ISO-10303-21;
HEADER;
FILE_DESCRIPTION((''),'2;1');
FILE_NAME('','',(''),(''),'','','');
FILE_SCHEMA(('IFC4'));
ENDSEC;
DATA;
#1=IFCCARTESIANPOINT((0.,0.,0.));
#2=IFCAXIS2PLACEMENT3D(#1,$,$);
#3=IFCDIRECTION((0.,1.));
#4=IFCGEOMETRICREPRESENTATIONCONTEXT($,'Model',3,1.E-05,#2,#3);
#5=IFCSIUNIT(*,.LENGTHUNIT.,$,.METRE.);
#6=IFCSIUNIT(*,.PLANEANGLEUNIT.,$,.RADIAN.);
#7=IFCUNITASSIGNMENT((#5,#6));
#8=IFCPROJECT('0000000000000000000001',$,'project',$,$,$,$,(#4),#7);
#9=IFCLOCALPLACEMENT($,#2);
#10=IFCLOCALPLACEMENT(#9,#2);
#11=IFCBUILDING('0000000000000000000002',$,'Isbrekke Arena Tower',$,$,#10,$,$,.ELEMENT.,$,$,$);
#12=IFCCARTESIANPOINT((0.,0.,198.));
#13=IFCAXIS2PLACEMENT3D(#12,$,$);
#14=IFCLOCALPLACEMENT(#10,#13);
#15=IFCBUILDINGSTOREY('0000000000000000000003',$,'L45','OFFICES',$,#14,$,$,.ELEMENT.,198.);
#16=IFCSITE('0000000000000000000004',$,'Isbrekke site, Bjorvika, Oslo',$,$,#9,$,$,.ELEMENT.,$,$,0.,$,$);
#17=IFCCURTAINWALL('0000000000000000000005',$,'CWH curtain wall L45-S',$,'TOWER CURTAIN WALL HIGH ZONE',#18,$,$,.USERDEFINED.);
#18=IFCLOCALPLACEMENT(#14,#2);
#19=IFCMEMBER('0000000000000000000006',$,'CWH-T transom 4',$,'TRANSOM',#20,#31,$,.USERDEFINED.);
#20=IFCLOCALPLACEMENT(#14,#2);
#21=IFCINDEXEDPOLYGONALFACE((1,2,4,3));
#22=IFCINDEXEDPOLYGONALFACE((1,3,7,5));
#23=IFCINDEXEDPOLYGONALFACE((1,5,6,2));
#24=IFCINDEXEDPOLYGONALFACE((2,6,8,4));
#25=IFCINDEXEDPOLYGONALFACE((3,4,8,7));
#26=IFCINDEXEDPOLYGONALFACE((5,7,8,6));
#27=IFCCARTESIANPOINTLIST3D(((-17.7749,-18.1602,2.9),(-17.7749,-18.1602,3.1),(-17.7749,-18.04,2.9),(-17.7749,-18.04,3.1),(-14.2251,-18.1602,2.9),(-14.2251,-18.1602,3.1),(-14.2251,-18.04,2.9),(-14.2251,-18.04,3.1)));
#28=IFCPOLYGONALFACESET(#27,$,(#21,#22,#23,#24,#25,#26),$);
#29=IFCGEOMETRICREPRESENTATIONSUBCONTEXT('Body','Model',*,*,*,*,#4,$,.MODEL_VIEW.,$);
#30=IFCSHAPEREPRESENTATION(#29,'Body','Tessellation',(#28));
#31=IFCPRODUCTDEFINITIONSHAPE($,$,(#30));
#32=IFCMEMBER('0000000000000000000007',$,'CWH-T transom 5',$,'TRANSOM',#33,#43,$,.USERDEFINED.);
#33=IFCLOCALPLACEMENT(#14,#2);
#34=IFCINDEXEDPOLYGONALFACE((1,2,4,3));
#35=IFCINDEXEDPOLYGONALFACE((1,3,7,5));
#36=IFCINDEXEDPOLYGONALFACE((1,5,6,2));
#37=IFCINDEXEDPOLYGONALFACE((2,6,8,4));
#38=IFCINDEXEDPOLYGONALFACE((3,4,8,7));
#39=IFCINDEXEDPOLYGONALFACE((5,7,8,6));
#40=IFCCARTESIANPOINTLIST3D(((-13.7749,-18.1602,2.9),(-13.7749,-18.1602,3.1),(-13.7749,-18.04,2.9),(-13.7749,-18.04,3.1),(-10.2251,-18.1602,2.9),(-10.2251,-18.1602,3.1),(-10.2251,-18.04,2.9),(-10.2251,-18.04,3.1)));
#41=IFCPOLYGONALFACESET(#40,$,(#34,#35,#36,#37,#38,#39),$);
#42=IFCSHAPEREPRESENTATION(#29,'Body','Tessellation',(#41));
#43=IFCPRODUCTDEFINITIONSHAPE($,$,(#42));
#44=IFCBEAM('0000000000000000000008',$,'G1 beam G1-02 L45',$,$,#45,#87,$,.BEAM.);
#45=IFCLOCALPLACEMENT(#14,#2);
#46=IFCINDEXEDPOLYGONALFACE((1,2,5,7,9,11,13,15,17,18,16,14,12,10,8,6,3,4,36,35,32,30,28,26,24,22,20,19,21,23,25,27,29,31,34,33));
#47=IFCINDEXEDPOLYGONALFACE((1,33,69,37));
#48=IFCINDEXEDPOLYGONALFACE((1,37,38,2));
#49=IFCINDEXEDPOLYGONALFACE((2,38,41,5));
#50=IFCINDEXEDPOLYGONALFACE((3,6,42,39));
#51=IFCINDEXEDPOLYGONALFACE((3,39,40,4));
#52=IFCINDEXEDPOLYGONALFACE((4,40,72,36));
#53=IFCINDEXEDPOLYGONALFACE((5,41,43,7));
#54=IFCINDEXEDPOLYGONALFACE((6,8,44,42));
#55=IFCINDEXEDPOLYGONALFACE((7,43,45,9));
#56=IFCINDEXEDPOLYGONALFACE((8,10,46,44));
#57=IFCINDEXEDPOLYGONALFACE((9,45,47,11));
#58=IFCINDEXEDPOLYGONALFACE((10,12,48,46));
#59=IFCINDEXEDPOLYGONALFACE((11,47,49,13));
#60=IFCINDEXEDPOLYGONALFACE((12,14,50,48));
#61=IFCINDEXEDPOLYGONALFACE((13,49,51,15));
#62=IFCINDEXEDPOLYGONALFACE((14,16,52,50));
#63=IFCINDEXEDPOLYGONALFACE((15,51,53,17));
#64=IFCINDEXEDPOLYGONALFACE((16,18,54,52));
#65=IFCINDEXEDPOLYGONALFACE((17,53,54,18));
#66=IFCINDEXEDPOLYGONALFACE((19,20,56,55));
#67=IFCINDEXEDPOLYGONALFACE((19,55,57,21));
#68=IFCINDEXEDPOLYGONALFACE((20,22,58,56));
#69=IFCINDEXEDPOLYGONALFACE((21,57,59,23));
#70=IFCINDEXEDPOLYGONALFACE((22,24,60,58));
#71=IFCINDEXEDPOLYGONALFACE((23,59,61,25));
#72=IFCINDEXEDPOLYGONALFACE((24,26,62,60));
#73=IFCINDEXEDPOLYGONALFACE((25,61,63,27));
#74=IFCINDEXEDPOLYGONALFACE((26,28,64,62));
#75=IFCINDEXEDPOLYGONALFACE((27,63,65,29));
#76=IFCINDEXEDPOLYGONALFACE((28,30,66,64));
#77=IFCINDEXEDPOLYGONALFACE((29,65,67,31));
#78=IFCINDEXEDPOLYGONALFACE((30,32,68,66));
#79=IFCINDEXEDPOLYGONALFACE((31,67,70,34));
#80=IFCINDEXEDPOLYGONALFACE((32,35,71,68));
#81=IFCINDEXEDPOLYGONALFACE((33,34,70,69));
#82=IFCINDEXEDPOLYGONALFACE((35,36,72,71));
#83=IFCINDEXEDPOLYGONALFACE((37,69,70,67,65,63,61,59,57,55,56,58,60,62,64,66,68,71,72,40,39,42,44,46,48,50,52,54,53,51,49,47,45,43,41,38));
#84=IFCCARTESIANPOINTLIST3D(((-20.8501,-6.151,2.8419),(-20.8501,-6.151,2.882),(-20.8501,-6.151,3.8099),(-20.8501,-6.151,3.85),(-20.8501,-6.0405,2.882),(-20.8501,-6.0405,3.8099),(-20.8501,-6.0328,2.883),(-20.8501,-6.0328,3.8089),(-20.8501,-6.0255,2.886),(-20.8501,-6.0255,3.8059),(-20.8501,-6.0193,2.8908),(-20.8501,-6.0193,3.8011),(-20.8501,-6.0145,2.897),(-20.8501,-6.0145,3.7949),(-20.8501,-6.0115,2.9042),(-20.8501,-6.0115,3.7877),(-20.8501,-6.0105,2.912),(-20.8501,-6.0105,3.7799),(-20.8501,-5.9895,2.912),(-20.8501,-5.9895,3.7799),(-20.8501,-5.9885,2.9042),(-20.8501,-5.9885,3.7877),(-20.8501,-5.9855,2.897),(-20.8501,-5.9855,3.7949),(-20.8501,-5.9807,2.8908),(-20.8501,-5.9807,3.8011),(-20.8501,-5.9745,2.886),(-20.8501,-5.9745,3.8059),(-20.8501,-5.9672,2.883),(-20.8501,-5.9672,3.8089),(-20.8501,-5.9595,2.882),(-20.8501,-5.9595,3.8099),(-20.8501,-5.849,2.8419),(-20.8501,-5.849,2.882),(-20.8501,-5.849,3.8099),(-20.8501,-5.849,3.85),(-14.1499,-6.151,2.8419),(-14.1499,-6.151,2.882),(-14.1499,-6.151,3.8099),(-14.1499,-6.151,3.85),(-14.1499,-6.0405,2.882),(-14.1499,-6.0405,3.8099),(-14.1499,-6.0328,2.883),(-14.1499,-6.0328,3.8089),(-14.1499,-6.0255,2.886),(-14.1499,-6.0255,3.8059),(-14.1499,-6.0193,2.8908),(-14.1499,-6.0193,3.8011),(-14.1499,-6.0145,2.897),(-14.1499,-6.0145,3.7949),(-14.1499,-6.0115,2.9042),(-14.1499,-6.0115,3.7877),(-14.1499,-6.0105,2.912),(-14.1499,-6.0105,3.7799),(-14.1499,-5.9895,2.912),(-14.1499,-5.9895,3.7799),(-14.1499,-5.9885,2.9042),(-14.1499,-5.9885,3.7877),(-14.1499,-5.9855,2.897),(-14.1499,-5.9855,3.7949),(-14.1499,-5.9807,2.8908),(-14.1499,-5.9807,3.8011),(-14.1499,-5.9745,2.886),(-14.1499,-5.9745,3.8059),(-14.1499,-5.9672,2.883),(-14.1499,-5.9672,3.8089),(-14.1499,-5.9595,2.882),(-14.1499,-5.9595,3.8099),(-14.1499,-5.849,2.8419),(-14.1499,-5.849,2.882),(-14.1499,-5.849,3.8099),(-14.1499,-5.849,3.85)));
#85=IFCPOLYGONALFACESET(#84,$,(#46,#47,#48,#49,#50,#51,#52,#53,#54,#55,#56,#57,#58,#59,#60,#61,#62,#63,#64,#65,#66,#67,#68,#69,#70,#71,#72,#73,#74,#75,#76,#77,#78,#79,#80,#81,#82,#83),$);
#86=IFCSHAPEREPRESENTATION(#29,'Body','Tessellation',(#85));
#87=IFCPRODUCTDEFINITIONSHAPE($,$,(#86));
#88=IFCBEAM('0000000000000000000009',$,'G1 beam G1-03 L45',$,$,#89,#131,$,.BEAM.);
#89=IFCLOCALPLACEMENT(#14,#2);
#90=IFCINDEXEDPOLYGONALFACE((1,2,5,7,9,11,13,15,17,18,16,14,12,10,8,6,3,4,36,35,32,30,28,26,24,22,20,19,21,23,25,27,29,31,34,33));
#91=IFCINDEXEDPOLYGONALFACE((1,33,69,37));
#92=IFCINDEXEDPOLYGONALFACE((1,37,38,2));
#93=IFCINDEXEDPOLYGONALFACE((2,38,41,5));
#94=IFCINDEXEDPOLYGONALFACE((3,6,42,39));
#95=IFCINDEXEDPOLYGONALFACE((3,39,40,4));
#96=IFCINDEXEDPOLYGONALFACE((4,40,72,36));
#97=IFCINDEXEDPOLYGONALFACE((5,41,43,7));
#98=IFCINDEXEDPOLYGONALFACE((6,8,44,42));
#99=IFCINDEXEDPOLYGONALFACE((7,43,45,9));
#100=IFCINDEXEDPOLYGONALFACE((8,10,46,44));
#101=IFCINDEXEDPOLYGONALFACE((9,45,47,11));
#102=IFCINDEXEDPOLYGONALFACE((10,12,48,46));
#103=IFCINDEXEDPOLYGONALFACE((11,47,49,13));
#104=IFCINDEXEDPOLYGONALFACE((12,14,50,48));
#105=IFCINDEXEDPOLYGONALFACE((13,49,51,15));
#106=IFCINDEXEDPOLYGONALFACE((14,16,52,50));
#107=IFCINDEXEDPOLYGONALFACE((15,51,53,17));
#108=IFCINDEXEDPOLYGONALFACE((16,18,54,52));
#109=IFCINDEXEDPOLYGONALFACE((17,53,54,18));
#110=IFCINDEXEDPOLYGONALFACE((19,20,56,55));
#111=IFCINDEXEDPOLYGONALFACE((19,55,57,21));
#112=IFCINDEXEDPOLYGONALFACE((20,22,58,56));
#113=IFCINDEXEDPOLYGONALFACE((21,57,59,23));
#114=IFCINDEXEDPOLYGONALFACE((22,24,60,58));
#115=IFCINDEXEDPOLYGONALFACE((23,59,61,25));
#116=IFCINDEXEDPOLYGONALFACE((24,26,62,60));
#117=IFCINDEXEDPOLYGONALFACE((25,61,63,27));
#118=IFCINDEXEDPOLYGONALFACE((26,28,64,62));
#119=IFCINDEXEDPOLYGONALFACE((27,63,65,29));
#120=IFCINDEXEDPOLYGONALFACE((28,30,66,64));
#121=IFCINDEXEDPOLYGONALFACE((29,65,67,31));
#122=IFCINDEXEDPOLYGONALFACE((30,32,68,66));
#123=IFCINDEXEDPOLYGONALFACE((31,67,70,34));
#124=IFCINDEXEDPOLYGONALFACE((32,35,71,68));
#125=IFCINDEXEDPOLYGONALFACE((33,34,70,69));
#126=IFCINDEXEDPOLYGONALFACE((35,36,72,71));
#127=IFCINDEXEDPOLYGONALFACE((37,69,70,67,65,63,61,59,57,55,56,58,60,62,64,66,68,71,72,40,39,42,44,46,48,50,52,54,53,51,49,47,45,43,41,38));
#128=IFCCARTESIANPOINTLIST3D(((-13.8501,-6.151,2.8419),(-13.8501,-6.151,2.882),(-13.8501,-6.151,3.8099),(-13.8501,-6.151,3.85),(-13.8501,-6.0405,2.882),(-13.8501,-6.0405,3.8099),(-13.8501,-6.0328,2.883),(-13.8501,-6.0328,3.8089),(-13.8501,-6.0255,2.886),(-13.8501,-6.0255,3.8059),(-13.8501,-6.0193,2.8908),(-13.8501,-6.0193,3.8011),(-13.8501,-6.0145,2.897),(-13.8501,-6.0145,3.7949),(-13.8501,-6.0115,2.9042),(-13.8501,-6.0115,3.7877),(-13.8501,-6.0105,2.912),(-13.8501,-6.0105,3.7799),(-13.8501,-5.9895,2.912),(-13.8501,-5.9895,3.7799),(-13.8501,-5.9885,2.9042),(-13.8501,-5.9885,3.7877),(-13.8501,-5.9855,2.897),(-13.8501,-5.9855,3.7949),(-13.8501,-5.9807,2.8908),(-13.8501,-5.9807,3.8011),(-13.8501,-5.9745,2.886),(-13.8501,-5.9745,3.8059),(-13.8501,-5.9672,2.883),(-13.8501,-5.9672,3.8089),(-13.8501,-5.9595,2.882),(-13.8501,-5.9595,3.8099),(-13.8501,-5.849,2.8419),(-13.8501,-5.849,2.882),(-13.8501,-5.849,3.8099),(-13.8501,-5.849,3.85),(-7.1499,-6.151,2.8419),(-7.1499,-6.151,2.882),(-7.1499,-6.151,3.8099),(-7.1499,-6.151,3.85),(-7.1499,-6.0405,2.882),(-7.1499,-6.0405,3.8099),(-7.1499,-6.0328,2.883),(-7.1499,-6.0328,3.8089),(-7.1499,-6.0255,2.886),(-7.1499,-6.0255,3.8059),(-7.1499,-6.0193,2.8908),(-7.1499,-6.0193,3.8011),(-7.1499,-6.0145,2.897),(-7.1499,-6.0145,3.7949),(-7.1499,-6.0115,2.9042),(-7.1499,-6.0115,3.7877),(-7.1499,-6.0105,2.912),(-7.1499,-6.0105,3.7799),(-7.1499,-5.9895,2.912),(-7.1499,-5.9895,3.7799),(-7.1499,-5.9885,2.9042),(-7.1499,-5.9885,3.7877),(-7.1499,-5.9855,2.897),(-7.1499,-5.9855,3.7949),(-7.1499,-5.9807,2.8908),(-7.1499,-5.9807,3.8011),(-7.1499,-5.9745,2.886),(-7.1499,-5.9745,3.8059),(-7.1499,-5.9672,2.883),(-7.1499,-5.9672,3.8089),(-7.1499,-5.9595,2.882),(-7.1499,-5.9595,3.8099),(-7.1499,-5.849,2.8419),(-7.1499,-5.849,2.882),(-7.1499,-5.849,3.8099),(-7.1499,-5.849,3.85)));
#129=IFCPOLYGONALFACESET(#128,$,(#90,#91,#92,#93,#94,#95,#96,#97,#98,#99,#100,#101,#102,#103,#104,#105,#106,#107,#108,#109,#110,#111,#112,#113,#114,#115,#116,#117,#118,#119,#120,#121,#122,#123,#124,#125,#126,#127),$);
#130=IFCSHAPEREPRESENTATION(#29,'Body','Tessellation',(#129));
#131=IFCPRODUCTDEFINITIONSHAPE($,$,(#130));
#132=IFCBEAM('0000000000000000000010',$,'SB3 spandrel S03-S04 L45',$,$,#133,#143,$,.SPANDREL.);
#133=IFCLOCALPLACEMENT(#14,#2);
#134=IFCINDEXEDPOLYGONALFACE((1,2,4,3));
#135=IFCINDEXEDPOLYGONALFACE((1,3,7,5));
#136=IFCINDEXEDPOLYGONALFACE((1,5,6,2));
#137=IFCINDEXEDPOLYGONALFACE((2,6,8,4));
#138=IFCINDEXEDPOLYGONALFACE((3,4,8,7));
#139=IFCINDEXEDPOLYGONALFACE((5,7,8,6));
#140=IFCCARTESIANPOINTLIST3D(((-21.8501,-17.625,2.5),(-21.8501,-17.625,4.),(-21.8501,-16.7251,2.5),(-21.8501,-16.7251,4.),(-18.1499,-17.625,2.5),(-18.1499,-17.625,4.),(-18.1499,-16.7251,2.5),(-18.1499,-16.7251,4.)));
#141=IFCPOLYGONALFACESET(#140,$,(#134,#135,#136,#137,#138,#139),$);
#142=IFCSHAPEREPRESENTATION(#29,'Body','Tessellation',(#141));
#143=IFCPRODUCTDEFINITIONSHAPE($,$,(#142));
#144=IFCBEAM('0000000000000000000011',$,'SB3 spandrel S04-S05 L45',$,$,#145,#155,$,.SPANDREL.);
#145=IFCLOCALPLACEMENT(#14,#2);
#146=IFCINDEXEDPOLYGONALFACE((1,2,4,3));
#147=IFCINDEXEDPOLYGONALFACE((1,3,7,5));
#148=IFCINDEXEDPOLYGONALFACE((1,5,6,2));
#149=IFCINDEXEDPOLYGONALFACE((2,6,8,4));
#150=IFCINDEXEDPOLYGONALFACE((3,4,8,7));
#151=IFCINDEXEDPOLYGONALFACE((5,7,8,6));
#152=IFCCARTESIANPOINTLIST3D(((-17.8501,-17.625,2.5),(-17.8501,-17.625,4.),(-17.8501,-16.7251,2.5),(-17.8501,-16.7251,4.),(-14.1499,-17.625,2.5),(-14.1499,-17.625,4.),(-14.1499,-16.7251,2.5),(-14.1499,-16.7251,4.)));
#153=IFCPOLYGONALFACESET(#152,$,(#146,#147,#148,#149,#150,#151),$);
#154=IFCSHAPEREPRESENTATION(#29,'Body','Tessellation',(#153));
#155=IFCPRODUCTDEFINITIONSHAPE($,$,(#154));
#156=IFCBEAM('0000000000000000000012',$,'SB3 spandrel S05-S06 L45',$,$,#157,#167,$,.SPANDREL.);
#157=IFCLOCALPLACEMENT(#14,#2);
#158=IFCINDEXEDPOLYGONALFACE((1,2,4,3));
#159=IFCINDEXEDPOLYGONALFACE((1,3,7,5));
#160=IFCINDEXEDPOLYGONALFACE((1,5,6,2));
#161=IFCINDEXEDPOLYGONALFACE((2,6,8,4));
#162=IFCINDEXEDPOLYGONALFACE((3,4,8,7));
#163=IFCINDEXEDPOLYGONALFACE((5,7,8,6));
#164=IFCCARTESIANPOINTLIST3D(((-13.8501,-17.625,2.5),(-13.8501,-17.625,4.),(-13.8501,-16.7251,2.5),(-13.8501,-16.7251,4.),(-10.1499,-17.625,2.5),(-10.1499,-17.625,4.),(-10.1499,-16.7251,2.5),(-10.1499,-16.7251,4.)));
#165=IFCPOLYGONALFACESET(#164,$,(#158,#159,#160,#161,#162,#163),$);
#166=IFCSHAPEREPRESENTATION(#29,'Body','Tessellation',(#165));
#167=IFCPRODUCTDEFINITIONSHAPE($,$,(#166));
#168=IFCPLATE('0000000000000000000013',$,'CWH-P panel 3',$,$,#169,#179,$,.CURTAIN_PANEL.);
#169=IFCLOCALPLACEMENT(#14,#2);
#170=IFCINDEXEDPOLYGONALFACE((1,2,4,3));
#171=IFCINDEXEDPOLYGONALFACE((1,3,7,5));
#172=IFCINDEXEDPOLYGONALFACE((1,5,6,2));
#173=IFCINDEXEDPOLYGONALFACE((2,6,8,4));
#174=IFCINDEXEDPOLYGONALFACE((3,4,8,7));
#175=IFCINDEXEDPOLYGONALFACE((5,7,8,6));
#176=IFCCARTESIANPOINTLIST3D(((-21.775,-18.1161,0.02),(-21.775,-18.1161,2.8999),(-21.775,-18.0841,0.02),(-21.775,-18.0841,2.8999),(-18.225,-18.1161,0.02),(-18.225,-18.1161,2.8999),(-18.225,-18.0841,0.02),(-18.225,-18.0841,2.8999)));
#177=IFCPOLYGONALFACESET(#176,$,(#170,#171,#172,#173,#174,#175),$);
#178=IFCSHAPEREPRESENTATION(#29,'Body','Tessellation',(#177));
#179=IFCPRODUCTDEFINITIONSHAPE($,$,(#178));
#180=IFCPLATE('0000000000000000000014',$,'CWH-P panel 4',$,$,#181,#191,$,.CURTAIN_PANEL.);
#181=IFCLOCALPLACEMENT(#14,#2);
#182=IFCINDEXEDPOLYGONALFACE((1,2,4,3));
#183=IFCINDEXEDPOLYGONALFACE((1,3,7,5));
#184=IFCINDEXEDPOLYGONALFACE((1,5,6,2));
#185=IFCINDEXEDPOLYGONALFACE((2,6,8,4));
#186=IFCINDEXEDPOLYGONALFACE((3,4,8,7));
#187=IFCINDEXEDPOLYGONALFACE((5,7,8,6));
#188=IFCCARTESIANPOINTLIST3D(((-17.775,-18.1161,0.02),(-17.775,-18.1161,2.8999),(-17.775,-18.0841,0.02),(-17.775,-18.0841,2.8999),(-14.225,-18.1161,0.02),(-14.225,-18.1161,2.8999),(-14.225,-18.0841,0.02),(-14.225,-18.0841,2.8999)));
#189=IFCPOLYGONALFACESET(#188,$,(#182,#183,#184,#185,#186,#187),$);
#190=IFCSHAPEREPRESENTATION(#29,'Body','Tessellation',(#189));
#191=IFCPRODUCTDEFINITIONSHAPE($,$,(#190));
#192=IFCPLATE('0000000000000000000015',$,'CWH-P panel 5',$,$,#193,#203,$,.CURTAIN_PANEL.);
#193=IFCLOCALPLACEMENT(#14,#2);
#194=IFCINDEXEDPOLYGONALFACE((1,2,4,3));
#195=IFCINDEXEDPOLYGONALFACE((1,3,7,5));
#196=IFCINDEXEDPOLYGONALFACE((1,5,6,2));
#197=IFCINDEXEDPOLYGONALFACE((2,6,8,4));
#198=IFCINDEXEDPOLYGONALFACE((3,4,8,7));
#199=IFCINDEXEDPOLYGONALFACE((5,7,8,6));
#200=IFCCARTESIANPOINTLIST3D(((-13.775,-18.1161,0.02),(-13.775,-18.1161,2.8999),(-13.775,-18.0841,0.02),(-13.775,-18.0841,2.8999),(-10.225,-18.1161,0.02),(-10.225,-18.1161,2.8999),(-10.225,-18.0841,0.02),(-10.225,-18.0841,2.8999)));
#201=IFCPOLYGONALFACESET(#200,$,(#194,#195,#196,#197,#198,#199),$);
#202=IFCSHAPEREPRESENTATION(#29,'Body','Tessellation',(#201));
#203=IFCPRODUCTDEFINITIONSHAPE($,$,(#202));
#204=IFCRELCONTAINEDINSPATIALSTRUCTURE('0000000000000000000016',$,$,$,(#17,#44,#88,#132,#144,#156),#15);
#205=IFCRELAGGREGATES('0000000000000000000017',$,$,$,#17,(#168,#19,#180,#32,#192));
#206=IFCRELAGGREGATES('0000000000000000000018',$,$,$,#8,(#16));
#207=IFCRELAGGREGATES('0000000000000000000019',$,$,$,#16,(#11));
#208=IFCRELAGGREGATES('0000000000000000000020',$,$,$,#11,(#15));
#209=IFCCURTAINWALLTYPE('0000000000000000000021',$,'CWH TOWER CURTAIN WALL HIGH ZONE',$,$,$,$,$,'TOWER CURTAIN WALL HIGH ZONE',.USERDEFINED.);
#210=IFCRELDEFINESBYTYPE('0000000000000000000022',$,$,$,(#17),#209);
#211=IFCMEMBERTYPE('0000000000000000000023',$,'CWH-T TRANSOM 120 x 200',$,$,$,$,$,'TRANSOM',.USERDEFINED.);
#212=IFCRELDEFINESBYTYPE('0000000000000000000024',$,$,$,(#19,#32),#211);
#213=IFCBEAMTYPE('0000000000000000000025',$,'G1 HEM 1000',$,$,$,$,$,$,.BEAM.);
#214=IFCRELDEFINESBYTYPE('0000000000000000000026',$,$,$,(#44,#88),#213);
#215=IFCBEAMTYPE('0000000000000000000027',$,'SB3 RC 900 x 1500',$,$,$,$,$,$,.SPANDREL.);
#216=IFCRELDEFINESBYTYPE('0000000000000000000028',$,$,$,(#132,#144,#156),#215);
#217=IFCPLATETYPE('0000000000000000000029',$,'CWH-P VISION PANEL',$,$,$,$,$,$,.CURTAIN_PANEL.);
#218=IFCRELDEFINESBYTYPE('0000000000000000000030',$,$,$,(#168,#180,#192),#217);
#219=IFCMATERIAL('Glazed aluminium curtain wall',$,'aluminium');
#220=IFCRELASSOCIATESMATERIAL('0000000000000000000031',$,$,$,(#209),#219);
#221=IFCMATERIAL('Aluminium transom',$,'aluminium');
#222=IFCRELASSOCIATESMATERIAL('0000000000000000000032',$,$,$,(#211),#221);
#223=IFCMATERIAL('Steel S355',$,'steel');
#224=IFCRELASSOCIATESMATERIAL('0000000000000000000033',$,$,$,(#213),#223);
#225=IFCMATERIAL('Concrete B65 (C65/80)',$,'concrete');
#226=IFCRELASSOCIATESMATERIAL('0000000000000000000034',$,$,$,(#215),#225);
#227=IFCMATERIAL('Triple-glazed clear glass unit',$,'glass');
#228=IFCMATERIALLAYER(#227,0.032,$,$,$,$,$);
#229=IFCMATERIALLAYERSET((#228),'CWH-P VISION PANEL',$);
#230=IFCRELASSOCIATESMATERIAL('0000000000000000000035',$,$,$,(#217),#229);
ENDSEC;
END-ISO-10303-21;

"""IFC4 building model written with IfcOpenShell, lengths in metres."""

from ifc_helpers import new_model, si_unit, direction, frame, origin, origin_2d, place, context, subcontext, project, spatial, rectangle, i_section, extrude, material, layer, layer_set, material_profile, profile_set, type_object, element, aggregate, save


model = new_model("IFC4")

# Units and contexts
model_context = context("Model", 3, precision=1e-05, world=origin(), true_north=direction((0.0, 1.0)))
body_context = subcontext(model_context, "Body", "Model", "MODEL_VIEW")
ifc_project = project(units=[si_unit("LENGTHUNIT", "METRE"), si_unit("PLANEANGLEUNIT", "RADIAN")], contexts=[model_context])

# Site, building, storey
site_placement = place(None, origin())
site = spatial("IfcSite", under=ifc_project, at=site_placement, Name="Isbrekke site, Bjorvika, Oslo", CompositionType="ELEMENT", RefElevation=0.0)
building_placement = place(site_placement, origin())
building = spatial("IfcBuilding", under=site, at=building_placement, Name="Isbrekke Arena Tower", CompositionType="ELEMENT")
storey_placement = place(building_placement, frame((0.0, 0.0, 198.0)))
storey = spatial("IfcBuildingStorey", under=building, at=storey_placement, Name="L45", Description="OFFICES", CompositionType="ELEMENT", Elevation=198.0)

# Curtain wall, members
ifc_material_1 = material(Name="Glazed aluminium curtain wall", Category="aluminium")
curtain_wall_type = type_object("IfcCurtainWallType", Name="CWH TOWER CURTAIN WALL HIGH ZONE", ElementType="TOWER CURTAIN WALL HIGH ZONE", PredefinedType="USERDEFINED", material=ifc_material_1)
curtain_wall_placement = place(storey_placement, origin())
curtain_wall = element("IfcCurtainWall", 1, at=curtain_wall_placement, inside=storey, type_object=curtain_wall_type, Name="CWH curtain wall L45-S", ObjectType="TOWER CURTAIN WALL HIGH ZONE", PredefinedType="USERDEFINED")
ifc_material_2 = material(Name="Aluminium transom", Category="aluminium")
ifc_material_profile_1 = material_profile(ifc_material_2, rectangle(XDim=0.1201, YDim=0.2, at=origin_2d()), Name="TRANSOM 120X200")
ifc_profile_set_1 = profile_set([ifc_material_profile_1], Name="Aluminium transom")
member_type_1 = type_object("IfcMemberType", Name="CWH-T TRANSOM 120 x 200", ElementType="TRANSOM", PredefinedType="USERDEFINED", material=ifc_profile_set_1)
member_1_placement = place(storey_placement, frame((-17.7749, -18.1001, 3.0), z_axis=(1.0, 0.0, 0.0), x_axis=(0.0, 1.0, 0.0)))
member_1 = element("IfcMember", 2, at=member_1_placement, type_object=member_type_1, Name="CWH-T transom 4", ObjectType="TRANSOM", PredefinedType="USERDEFINED", context=body_context, shape_type="SweptSolid", body=[
    extrude(rectangle(XDim=0.1201, YDim=0.2, at=origin_2d()), origin(), (0.0, 0.0, 1.0), 3.5498),
])
member_2_placement = place(storey_placement, frame((-13.7749, -18.1001, 3.0), z_axis=(1.0, 0.0, 0.0), x_axis=(0.0, 1.0, 0.0)))
member_2 = element("IfcMember", 3, at=member_2_placement, type_object=member_type_1, Name="CWH-T transom 5", ObjectType="TRANSOM", PredefinedType="USERDEFINED", context=body_context, shape_type="SweptSolid", body=[
    extrude(rectangle(XDim=0.1201, YDim=0.2, at=origin_2d()), origin(), (0.0, 0.0, 1.0), 3.5498),
])

# Beams
ifc_material_3 = material(Name="Steel S355", Category="steel")
ifc_material_profile_2 = material_profile(ifc_material_3, i_section(OverallWidth=0.302, OverallDepth=1.0081, WebThickness=0.021, FlangeThickness=0.04, FilletRadius=0.03, at=origin_2d()), Name="HEM 1000")
ifc_profile_set_2 = profile_set([ifc_material_profile_2], Name="Steel S355")
beam_type_1 = type_object("IfcBeamType", Name="G1 HEM 1000", PredefinedType="BEAM", material=ifc_profile_set_2)
for number, where, z_axis, x_axis, name in (
    (4, (-20.8501, -6.0, 3.3459), (1.0, 0.0, 0.0), (0.0, 1.0, 0.0), "G1 beam G1-02 L45"),
    (5, (-13.8501, -6.0, 3.3459), (1.0, 0.0, 0.0), (0.0, 1.0, 0.0), "G1 beam G1-03 L45"),
):
    element("IfcBeam", number, at=place(storey_placement, frame(where, z_axis=z_axis, x_axis=x_axis)), inside=storey, type_object=beam_type_1, Name=name, PredefinedType="BEAM", context=body_context, shape_type="SweptSolid", body=[
        extrude(i_section(OverallWidth=0.302, OverallDepth=1.0081, WebThickness=0.021, FlangeThickness=0.04, FilletRadius=0.03, at=origin_2d()), origin(), (0.0, 0.0, 1.0), 6.7002),
    ])
ifc_material_4 = material(Name="Concrete B65 (C65/80)", Category="concrete")
ifc_material_profile_3 = material_profile(ifc_material_4, rectangle(XDim=0.8999, YDim=1.5, at=origin_2d()), Name="RC 900x1500")
ifc_profile_set_3 = profile_set([ifc_material_profile_3], Name="Concrete B65 (C65/80)")
beam_type_2 = type_object("IfcBeamType", Name="SB3 RC 900 x 1500", PredefinedType="SPANDREL", material=ifc_profile_set_3)
for number, where, z_axis, x_axis, name in (
    (6, (-21.8501, -17.175, 3.25), (1.0, 0.0, 0.0), (0.0, 1.0, 0.0), "SB3 spandrel S03-S04 L45"),
    (7, (-17.8501, -17.175, 3.25), (1.0, 0.0, 0.0), (0.0, 1.0, 0.0), "SB3 spandrel S04-S05 L45"),
    (8, (-13.8501, -17.175, 3.25), (1.0, 0.0, 0.0), (0.0, 1.0, 0.0), "SB3 spandrel S05-S06 L45"),
):
    element("IfcBeam", number, at=place(storey_placement, frame(where, z_axis=z_axis, x_axis=x_axis)), inside=storey, type_object=beam_type_2, Name=name, PredefinedType="SPANDREL", context=body_context, shape_type="SweptSolid", body=[
        extrude(rectangle(XDim=0.8999, YDim=1.5, at=origin_2d()), origin(), (0.0, 0.0, 1.0), 3.7002),
    ])

# Plates
ifc_material_5 = material(Name="Triple-glazed clear glass unit", Category="glass")
ifc_layer_1 = layer(ifc_material_5, 0.032)
ifc_layer_set_1 = layer_set([ifc_layer_1], Name="CWH-P VISION PANEL")
plate_type = type_object("IfcPlateType", Name="CWH-P VISION PANEL", PredefinedType="CURTAIN_PANEL", material=ifc_layer_set_1)
plate_1_placement = place(storey_placement, frame((-20.0, -18.1001, 0.02), z_axis=(0.0, 0.0, 1.0), x_axis=(1.0, 0.0, 0.0)))
plate_1 = element("IfcPlate", 9, at=plate_1_placement, type_object=plate_type, Name="CWH-P panel 3", PredefinedType="CURTAIN_PANEL", context=body_context, shape_type="SweptSolid", body=[
    extrude(rectangle(XDim=3.55, YDim=0.032, at=origin_2d()), origin(), (0.0, 0.0, 1.0), 2.8799),
])
plate_2_placement = place(storey_placement, frame((-16.0, -18.1001, 0.02), z_axis=(0.0, 0.0, 1.0), x_axis=(1.0, 0.0, 0.0)))
plate_2 = element("IfcPlate", 10, at=plate_2_placement, type_object=plate_type, Name="CWH-P panel 4", PredefinedType="CURTAIN_PANEL", context=body_context, shape_type="SweptSolid", body=[
    extrude(rectangle(XDim=3.55, YDim=0.032, at=origin_2d()), origin(), (0.0, 0.0, 1.0), 2.8799),
])
plate_3_placement = place(storey_placement, frame((-12.0, -18.1001, 0.02), z_axis=(0.0, 0.0, 1.0), x_axis=(1.0, 0.0, 0.0)))
plate_3 = element("IfcPlate", 11, at=plate_3_placement, type_object=plate_type, Name="CWH-P panel 5", PredefinedType="CURTAIN_PANEL", context=body_context, shape_type="SweptSolid", body=[
    extrude(rectangle(XDim=3.55, YDim=0.032, at=origin_2d()), origin(), (0.0, 0.0, 1.0), 2.8799),
])
aggregate(curtain_wall, [plate_1, member_1, plate_2, member_2, plate_3])

save(model, "model.ifc")
